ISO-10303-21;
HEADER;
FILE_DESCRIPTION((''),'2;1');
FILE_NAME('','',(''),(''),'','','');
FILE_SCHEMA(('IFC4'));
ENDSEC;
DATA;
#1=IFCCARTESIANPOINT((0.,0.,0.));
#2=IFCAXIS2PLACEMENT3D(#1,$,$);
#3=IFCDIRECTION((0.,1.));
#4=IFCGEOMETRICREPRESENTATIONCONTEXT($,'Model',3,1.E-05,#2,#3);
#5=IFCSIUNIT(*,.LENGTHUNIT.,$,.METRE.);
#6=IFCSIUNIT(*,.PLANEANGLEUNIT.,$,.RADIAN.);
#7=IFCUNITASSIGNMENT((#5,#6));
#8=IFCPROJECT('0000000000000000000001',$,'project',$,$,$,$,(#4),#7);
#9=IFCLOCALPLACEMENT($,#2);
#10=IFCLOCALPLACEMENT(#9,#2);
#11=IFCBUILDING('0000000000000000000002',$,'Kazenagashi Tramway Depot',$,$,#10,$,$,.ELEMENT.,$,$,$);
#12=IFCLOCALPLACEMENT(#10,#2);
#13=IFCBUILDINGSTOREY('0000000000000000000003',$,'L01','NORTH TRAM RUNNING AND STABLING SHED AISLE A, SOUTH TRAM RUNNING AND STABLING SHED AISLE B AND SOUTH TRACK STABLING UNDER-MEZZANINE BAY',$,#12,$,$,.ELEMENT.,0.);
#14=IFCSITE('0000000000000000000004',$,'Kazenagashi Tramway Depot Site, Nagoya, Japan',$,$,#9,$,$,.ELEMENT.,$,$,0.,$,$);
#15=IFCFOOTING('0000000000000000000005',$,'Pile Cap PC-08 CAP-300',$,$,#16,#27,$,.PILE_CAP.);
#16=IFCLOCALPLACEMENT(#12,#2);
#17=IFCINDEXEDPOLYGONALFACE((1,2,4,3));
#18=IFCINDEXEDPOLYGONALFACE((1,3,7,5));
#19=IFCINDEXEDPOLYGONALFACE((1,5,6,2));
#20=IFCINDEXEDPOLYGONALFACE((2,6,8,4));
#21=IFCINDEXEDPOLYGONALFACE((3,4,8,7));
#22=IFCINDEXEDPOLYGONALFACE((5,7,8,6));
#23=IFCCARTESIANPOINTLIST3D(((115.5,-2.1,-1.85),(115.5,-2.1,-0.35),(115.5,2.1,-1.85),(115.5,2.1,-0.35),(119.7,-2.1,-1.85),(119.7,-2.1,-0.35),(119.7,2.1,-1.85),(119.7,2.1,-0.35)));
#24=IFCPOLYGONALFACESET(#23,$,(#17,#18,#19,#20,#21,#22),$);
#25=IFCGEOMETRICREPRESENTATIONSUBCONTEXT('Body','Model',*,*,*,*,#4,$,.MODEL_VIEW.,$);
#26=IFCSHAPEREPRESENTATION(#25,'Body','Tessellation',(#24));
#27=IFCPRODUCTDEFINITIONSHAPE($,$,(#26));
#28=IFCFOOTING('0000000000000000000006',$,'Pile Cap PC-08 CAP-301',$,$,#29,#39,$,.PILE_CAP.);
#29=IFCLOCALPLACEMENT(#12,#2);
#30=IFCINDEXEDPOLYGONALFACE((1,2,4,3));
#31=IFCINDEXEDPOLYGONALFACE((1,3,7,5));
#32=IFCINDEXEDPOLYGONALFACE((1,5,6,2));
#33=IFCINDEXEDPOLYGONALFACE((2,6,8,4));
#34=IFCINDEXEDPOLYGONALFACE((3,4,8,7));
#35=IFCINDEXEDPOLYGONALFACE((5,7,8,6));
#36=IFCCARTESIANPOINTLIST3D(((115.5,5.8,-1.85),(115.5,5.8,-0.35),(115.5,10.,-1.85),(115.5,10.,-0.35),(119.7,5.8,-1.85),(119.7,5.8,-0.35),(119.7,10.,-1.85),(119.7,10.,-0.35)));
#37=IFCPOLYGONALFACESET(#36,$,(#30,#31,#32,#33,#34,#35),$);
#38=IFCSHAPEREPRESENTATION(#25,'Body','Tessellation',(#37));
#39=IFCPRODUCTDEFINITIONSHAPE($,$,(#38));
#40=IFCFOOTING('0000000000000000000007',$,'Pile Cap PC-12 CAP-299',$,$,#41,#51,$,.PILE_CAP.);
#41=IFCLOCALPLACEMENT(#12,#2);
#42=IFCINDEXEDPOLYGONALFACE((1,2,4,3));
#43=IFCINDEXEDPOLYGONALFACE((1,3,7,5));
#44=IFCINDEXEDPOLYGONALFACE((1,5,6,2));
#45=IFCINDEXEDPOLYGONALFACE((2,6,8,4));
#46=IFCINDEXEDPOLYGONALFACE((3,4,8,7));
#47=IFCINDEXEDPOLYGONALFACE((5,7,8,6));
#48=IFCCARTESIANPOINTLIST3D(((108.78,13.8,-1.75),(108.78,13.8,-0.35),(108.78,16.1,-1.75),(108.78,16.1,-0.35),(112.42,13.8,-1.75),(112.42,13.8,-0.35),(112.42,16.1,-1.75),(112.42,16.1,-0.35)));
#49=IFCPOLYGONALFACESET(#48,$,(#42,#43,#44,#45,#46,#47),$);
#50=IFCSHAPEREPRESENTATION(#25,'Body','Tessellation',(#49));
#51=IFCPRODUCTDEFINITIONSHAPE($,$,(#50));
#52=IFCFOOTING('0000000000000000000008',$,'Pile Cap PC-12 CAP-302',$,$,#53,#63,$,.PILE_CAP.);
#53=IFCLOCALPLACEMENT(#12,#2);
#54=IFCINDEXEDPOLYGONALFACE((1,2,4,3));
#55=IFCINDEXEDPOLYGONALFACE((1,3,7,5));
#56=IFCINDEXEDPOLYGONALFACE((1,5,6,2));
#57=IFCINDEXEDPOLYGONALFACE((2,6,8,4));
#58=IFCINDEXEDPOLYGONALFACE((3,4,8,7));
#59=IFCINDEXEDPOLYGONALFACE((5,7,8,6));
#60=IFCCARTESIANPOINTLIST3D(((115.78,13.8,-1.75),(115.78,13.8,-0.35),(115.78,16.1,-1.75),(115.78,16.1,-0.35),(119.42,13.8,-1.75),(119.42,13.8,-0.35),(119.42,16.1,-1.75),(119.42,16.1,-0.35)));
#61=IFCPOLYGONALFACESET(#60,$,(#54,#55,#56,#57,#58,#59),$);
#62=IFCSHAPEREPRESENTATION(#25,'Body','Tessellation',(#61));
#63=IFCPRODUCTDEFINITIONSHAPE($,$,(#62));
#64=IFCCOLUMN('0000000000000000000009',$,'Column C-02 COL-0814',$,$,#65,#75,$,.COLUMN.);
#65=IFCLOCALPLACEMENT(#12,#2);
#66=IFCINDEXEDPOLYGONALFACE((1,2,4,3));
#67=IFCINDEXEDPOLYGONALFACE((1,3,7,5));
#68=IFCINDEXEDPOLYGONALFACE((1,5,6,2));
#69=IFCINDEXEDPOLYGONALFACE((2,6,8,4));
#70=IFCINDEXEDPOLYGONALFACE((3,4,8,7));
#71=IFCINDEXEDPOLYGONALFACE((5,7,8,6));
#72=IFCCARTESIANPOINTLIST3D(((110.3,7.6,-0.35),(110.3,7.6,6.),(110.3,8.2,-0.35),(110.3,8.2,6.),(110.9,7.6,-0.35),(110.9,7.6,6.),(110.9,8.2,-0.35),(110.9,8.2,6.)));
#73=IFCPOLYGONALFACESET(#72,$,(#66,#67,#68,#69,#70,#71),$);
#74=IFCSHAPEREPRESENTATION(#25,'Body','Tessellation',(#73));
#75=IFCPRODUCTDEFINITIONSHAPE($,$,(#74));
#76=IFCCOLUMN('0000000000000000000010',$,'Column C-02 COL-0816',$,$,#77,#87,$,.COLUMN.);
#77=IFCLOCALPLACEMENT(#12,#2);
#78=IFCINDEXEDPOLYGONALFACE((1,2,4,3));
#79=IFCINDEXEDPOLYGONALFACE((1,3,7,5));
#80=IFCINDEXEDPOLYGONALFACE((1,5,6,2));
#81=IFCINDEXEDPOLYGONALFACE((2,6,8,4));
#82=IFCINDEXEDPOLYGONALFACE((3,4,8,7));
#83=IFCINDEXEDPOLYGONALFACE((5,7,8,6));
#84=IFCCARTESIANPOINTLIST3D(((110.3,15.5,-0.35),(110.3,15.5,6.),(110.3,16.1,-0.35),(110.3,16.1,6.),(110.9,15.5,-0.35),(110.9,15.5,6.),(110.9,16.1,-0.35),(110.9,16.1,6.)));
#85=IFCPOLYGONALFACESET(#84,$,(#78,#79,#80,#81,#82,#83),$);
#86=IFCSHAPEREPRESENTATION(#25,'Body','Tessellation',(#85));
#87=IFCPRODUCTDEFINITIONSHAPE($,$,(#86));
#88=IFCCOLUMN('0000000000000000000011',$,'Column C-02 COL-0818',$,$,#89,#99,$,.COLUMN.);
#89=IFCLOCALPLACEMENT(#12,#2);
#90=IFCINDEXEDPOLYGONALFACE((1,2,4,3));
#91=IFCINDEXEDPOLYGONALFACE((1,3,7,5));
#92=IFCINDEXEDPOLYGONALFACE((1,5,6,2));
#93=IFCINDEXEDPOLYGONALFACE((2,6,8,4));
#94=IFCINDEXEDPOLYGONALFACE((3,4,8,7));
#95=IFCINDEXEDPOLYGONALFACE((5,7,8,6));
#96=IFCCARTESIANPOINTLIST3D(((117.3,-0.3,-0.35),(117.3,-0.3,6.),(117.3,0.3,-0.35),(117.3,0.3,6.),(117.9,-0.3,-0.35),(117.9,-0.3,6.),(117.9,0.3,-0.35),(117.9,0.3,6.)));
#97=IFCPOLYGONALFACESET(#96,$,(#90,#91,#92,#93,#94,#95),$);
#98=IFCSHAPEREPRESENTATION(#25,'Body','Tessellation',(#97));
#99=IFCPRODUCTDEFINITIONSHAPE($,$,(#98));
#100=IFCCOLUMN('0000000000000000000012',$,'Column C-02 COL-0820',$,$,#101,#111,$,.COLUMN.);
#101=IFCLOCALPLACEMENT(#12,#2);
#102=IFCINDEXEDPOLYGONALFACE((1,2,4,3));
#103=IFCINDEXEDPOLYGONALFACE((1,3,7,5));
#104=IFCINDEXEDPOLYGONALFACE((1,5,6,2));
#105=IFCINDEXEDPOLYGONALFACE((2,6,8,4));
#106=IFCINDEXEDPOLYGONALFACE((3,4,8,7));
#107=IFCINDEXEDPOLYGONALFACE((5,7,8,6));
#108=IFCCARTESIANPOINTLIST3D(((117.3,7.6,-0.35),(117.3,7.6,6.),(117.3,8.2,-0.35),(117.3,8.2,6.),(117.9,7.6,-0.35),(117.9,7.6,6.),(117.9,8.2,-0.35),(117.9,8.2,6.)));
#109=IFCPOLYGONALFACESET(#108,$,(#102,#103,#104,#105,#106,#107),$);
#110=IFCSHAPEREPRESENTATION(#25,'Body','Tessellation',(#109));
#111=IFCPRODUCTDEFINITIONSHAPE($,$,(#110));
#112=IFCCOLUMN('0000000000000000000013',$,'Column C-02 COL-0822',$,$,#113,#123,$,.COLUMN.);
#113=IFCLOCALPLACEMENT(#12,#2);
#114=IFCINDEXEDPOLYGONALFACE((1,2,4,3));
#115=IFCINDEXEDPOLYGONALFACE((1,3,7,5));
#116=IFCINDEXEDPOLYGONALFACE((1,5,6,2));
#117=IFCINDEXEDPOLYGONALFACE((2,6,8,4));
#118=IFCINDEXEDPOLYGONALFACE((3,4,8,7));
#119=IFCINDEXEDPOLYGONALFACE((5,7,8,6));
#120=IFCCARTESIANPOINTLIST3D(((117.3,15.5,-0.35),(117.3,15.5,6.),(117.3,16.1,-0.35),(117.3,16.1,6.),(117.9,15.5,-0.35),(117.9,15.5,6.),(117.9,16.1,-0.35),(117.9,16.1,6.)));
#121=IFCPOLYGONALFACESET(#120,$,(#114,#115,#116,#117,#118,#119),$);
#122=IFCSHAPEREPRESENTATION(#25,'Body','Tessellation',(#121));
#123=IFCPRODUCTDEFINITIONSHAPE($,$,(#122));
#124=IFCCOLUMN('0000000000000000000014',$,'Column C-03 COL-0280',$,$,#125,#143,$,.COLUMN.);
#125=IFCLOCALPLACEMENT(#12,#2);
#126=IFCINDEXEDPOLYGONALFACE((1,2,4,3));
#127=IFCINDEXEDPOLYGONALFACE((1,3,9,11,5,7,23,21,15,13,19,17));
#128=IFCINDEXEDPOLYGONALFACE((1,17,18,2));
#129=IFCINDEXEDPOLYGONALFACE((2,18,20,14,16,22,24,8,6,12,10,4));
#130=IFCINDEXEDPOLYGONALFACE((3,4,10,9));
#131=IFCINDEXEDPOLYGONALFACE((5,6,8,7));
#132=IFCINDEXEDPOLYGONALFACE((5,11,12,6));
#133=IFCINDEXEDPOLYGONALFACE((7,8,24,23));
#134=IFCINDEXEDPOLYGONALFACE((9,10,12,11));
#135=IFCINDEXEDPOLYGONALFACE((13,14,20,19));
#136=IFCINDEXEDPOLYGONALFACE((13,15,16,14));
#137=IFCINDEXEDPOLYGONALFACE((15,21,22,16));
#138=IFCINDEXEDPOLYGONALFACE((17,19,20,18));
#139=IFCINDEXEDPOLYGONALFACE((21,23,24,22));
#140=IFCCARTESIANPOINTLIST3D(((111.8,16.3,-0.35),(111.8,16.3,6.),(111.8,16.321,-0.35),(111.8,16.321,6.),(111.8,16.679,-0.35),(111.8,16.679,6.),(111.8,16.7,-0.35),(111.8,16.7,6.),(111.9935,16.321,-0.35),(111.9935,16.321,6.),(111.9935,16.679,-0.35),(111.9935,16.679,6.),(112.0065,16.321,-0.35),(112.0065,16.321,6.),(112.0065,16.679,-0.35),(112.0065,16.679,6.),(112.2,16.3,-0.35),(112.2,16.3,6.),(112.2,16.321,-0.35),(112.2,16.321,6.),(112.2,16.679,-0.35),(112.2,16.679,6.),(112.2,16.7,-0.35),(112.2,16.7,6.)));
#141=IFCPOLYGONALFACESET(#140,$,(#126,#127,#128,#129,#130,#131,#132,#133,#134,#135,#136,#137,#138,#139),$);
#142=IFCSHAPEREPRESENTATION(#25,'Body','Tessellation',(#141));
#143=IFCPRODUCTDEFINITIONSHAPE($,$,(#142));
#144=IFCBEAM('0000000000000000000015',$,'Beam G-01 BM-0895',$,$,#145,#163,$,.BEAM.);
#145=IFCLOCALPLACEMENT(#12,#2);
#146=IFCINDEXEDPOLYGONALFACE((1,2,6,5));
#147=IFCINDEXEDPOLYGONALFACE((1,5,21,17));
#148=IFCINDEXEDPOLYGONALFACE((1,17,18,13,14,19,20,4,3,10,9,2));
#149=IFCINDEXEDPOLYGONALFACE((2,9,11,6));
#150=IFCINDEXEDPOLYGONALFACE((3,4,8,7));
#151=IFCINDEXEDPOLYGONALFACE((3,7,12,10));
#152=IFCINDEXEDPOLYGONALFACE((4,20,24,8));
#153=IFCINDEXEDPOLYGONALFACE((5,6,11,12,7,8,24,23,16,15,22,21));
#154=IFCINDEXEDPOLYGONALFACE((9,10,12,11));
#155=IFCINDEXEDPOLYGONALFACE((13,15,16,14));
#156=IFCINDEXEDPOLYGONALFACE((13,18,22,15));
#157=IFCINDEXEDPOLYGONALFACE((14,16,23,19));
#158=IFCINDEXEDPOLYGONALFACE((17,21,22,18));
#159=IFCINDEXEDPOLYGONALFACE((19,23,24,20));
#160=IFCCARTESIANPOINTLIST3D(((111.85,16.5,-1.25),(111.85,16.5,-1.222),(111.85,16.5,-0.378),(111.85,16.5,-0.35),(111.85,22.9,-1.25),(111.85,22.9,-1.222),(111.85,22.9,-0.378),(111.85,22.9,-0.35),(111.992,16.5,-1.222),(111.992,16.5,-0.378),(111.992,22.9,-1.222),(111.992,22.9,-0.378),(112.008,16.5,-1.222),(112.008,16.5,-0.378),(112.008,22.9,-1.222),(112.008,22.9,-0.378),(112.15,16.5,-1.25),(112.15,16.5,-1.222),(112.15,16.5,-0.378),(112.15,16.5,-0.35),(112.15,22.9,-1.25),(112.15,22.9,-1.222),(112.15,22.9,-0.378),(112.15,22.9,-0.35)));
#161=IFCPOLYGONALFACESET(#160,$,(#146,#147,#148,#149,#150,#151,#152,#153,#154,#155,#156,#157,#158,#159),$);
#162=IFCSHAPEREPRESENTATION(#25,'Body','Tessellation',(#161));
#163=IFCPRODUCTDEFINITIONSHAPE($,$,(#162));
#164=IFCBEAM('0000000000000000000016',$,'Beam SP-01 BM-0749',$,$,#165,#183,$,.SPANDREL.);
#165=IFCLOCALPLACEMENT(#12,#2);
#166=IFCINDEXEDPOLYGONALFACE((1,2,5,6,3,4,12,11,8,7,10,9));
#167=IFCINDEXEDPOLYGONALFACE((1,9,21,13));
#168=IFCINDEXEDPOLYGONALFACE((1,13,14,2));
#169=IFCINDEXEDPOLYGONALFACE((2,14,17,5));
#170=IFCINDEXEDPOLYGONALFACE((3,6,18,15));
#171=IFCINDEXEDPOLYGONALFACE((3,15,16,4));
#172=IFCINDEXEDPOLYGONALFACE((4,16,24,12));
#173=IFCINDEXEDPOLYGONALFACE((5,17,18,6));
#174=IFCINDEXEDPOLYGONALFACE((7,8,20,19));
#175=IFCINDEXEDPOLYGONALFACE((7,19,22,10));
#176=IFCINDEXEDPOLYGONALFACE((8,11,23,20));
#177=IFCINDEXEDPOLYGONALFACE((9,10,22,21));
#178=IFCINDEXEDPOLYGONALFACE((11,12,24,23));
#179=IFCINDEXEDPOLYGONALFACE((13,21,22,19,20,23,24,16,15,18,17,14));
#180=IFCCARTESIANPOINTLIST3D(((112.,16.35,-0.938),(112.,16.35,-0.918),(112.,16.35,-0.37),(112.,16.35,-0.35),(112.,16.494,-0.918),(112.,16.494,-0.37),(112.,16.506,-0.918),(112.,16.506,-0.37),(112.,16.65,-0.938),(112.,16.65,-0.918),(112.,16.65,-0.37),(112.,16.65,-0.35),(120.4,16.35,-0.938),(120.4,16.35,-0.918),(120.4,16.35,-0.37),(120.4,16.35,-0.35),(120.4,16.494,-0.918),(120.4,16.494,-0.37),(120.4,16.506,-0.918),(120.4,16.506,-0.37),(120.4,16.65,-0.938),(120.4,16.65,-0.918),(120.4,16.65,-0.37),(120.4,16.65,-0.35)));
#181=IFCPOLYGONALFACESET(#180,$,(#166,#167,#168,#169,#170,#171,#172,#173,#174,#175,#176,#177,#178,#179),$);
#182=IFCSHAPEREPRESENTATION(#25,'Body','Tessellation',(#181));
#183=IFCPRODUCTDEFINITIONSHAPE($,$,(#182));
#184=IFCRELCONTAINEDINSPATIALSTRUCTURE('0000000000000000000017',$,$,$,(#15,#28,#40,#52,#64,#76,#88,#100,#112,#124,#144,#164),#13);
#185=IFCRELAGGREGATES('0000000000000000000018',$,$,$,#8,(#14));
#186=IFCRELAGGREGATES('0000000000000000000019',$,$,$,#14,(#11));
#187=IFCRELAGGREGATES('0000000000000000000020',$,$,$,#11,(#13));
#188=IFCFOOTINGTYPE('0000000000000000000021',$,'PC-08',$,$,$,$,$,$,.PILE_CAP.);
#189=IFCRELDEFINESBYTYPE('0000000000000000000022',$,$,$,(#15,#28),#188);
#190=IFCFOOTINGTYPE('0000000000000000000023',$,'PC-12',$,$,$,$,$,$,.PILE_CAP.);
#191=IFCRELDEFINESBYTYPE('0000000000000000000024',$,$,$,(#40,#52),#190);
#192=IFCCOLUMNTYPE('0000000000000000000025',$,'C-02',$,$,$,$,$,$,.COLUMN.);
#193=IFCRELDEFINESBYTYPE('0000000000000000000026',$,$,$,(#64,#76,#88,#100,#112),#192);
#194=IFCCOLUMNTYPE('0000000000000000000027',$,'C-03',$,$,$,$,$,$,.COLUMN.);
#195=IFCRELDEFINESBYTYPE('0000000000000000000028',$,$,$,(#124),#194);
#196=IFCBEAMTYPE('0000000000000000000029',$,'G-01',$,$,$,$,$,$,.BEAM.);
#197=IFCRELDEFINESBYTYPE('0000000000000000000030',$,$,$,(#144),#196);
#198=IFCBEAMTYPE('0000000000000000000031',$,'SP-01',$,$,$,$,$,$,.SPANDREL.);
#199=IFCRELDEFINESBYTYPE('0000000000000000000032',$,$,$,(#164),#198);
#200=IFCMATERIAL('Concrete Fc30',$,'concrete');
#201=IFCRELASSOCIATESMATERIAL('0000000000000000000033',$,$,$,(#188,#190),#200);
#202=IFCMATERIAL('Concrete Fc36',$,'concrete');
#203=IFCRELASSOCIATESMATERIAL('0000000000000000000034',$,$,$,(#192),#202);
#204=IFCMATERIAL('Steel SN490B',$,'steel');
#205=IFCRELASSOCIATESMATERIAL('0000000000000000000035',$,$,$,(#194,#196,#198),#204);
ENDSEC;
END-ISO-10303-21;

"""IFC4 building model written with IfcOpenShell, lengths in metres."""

from ifc_helpers import new_model, si_unit, direction, frame, origin, origin_2d, place, context, subcontext, project, spatial, rectangle, i_section, extrude, material, material_profile, profile_set, type_object, element, save


model = new_model("IFC4")

# Units and contexts
model_context = context("Model", 3, precision=1e-05, world=origin(), true_north=direction((0.0, 1.0)))
body_context = subcontext(model_context, "Body", "Model", "MODEL_VIEW")
ifc_project = project(units=[si_unit("LENGTHUNIT", "METRE"), si_unit("PLANEANGLEUNIT", "RADIAN")], contexts=[model_context])

# Site, building, storey
site_placement = place(None, origin())
site = spatial("IfcSite", under=ifc_project, at=site_placement, Name="Kazenagashi Tramway Depot Site, Nagoya, Japan", CompositionType="ELEMENT", RefElevation=0.0)
building_placement = place(site_placement, origin())
building = spatial("IfcBuilding", under=site, at=building_placement, Name="Kazenagashi Tramway Depot", CompositionType="ELEMENT")
storey_placement = place(building_placement, origin())
storey = spatial("IfcBuildingStorey", under=building, at=storey_placement, Name="L01", Description="NORTH TRAM RUNNING AND STABLING SHED AISLE A, SOUTH TRAM RUNNING AND STABLING SHED AISLE B AND SOUTH TRACK STABLING UNDER-MEZZANINE BAY", CompositionType="ELEMENT", Elevation=0.0)

# Shared definitions
ifc_material_1 = material(Name="Concrete Fc30", Category="concrete")

# Footings
footing_type_1 = type_object("IfcFootingType", Name="PC-08", PredefinedType="PILE_CAP", material=ifc_material_1)
for number, where, z_axis, x_axis, name in (
    (1, (117.6, 0.0, -1.85), (0.0, 0.0, 1.0), (1.0, 0.0, 0.0), "Pile Cap PC-08 CAP-300"),
    (2, (117.6, 7.9, -1.85), (0.0, 0.0, 1.0), (1.0, 0.0, 0.0), "Pile Cap PC-08 CAP-301"),
):
    element("IfcFooting", number, at=place(storey_placement, frame(where, z_axis=z_axis, x_axis=x_axis)), inside=storey, type_object=footing_type_1, Name=name, PredefinedType="PILE_CAP", context=body_context, shape_type="SweptSolid", body=[
        extrude(rectangle(XDim=4.2, YDim=4.2, at=origin_2d()), origin(), (0.0, 0.0, 1.0), 1.5),
    ])
footing_type_2 = type_object("IfcFootingType", Name="PC-12", PredefinedType="PILE_CAP", material=ifc_material_1)
for number, where, z_axis, x_axis, name in (
    (3, (110.6, 14.95, -1.75), (0.0, 0.0, 1.0), (1.0, 0.0, 0.0), "Pile Cap PC-12 CAP-299"),
    (4, (117.6, 14.95, -1.75), (0.0, 0.0, 1.0), (1.0, 0.0, 0.0), "Pile Cap PC-12 CAP-302"),
):
    element("IfcFooting", number, at=place(storey_placement, frame(where, z_axis=z_axis, x_axis=x_axis)), inside=storey, type_object=footing_type_2, Name=name, PredefinedType="PILE_CAP", context=body_context, shape_type="SweptSolid", body=[
        extrude(rectangle(XDim=3.64, YDim=2.3, at=origin_2d()), origin(), (0.0, 0.0, 1.0), 1.4),
    ])

# Columns
ifc_material_2 = material(Name="Concrete Fc36", Category="concrete")
ifc_material_profile_1 = material_profile(ifc_material_2, rectangle(XDim=0.6, YDim=0.6, at=origin_2d()), Name="RC-600x600")
ifc_profile_set_1 = profile_set([ifc_material_profile_1], Name="Concrete Fc36")
column_type_1 = type_object("IfcColumnType", Name="C-02", PredefinedType="COLUMN", material=ifc_profile_set_1)
for number, where, z_axis, x_axis, name in (
    (5, (110.6, 7.9, -0.35), (0.0, 0.0, 1.0), (1.0, 0.0, 0.0), "Column C-02 COL-0814"),
    (6, (110.6, 15.8, -0.35), (0.0, 0.0, 1.0), (1.0, 0.0, 0.0), "Column C-02 COL-0816"),
    (7, (117.6, 0.0, -0.35), (0.0, 0.0, 1.0), (1.0, 0.0, 0.0), "Column C-02 COL-0818"),
    (8, (117.6, 7.9, -0.35), (0.0, 0.0, 1.0), (1.0, 0.0, 0.0), "Column C-02 COL-0820"),
    (9, (117.6, 15.8, -0.35), (0.0, 0.0, 1.0), (1.0, 0.0, 0.0), "Column C-02 COL-0822"),
):
    element("IfcColumn", number, at=place(storey_placement, frame(where, z_axis=z_axis, x_axis=x_axis)), inside=storey, type_object=column_type_1, Name=name, PredefinedType="COLUMN", context=body_context, shape_type="SweptSolid", body=[
        extrude(rectangle(XDim=0.6, YDim=0.6, at=origin_2d()), origin(), (0.0, 0.0, 1.0), 6.35),
    ])
ifc_material_3 = material(Name="Steel SN490B", Category="steel")
ifc_material_profile_2 = material_profile(ifc_material_3, i_section(OverallWidth=0.4, OverallDepth=0.4, WebThickness=0.013, FlangeThickness=0.021, at=origin_2d()), Name="H-400x400x13x21")
ifc_profile_set_2 = profile_set([ifc_material_profile_2], Name="Steel SN490B")
column_type_2 = type_object("IfcColumnType", Name="C-03", PredefinedType="COLUMN", material=ifc_profile_set_2)
column_placement = place(storey_placement, frame((112.0, 16.5, -0.35), z_axis=(0.0, 0.0, 1.0), x_axis=(1.0, 0.0, 0.0)))
element("IfcColumn", 10, at=column_placement, inside=storey, type_object=column_type_2, Name="Column C-03 COL-0280", PredefinedType="COLUMN", context=body_context, shape_type="SweptSolid", body=[
    extrude(i_section(OverallWidth=0.4, OverallDepth=0.4, WebThickness=0.013, FlangeThickness=0.021, at=origin_2d()), origin(), (0.0, 0.0, 1.0), 6.35),
])

# Beams
ifc_material_profile_3 = material_profile(ifc_material_3, i_section(OverallWidth=0.3, OverallDepth=0.9, WebThickness=0.016, FlangeThickness=0.028, at=origin_2d()), Name="H-900x300x16x28")
ifc_profile_set_3 = profile_set([ifc_material_profile_3], Name="Steel SN490B")
beam_type_1 = type_object("IfcBeamType", Name="G-01", PredefinedType="BEAM", material=ifc_profile_set_3)
beam_1_placement = place(storey_placement, frame((112.0, 16.5, -0.8), z_axis=(0.0, 1.0, 0.0), x_axis=(-1.0, 0.0, 0.0)))
element("IfcBeam", 11, at=beam_1_placement, inside=storey, type_object=beam_type_1, Name="Beam G-01 BM-0895", PredefinedType="BEAM", context=body_context, shape_type="SweptSolid", body=[
    extrude(i_section(OverallWidth=0.3, OverallDepth=0.9, WebThickness=0.016, FlangeThickness=0.028, at=origin_2d()), origin(), (0.0, 0.0, 1.0), 6.4),
])
ifc_material_profile_4 = material_profile(ifc_material_3, i_section(OverallWidth=0.3, OverallDepth=0.588, WebThickness=0.012, FlangeThickness=0.02, at=origin_2d()), Name="H-588x300x12x20")
ifc_profile_set_4 = profile_set([ifc_material_profile_4], Name="Steel SN490B")
beam_type_2 = type_object("IfcBeamType", Name="SP-01", PredefinedType="SPANDREL", material=ifc_profile_set_4)
beam_2_placement = place(storey_placement, frame((112.0, 16.5, -0.644), z_axis=(1.0, 0.0, 0.0), x_axis=(0.0, 1.0, 0.0)))
element("IfcBeam", 12, at=beam_2_placement, inside=storey, type_object=beam_type_2, Name="Beam SP-01 BM-0749", PredefinedType="SPANDREL", context=body_context, shape_type="SweptSolid", body=[
    extrude(i_section(OverallWidth=0.3, OverallDepth=0.588, WebThickness=0.012, FlangeThickness=0.02, at=origin_2d()), origin(), (0.0, 0.0, 1.0), 8.4),
])

save(model, "model.ifc")
